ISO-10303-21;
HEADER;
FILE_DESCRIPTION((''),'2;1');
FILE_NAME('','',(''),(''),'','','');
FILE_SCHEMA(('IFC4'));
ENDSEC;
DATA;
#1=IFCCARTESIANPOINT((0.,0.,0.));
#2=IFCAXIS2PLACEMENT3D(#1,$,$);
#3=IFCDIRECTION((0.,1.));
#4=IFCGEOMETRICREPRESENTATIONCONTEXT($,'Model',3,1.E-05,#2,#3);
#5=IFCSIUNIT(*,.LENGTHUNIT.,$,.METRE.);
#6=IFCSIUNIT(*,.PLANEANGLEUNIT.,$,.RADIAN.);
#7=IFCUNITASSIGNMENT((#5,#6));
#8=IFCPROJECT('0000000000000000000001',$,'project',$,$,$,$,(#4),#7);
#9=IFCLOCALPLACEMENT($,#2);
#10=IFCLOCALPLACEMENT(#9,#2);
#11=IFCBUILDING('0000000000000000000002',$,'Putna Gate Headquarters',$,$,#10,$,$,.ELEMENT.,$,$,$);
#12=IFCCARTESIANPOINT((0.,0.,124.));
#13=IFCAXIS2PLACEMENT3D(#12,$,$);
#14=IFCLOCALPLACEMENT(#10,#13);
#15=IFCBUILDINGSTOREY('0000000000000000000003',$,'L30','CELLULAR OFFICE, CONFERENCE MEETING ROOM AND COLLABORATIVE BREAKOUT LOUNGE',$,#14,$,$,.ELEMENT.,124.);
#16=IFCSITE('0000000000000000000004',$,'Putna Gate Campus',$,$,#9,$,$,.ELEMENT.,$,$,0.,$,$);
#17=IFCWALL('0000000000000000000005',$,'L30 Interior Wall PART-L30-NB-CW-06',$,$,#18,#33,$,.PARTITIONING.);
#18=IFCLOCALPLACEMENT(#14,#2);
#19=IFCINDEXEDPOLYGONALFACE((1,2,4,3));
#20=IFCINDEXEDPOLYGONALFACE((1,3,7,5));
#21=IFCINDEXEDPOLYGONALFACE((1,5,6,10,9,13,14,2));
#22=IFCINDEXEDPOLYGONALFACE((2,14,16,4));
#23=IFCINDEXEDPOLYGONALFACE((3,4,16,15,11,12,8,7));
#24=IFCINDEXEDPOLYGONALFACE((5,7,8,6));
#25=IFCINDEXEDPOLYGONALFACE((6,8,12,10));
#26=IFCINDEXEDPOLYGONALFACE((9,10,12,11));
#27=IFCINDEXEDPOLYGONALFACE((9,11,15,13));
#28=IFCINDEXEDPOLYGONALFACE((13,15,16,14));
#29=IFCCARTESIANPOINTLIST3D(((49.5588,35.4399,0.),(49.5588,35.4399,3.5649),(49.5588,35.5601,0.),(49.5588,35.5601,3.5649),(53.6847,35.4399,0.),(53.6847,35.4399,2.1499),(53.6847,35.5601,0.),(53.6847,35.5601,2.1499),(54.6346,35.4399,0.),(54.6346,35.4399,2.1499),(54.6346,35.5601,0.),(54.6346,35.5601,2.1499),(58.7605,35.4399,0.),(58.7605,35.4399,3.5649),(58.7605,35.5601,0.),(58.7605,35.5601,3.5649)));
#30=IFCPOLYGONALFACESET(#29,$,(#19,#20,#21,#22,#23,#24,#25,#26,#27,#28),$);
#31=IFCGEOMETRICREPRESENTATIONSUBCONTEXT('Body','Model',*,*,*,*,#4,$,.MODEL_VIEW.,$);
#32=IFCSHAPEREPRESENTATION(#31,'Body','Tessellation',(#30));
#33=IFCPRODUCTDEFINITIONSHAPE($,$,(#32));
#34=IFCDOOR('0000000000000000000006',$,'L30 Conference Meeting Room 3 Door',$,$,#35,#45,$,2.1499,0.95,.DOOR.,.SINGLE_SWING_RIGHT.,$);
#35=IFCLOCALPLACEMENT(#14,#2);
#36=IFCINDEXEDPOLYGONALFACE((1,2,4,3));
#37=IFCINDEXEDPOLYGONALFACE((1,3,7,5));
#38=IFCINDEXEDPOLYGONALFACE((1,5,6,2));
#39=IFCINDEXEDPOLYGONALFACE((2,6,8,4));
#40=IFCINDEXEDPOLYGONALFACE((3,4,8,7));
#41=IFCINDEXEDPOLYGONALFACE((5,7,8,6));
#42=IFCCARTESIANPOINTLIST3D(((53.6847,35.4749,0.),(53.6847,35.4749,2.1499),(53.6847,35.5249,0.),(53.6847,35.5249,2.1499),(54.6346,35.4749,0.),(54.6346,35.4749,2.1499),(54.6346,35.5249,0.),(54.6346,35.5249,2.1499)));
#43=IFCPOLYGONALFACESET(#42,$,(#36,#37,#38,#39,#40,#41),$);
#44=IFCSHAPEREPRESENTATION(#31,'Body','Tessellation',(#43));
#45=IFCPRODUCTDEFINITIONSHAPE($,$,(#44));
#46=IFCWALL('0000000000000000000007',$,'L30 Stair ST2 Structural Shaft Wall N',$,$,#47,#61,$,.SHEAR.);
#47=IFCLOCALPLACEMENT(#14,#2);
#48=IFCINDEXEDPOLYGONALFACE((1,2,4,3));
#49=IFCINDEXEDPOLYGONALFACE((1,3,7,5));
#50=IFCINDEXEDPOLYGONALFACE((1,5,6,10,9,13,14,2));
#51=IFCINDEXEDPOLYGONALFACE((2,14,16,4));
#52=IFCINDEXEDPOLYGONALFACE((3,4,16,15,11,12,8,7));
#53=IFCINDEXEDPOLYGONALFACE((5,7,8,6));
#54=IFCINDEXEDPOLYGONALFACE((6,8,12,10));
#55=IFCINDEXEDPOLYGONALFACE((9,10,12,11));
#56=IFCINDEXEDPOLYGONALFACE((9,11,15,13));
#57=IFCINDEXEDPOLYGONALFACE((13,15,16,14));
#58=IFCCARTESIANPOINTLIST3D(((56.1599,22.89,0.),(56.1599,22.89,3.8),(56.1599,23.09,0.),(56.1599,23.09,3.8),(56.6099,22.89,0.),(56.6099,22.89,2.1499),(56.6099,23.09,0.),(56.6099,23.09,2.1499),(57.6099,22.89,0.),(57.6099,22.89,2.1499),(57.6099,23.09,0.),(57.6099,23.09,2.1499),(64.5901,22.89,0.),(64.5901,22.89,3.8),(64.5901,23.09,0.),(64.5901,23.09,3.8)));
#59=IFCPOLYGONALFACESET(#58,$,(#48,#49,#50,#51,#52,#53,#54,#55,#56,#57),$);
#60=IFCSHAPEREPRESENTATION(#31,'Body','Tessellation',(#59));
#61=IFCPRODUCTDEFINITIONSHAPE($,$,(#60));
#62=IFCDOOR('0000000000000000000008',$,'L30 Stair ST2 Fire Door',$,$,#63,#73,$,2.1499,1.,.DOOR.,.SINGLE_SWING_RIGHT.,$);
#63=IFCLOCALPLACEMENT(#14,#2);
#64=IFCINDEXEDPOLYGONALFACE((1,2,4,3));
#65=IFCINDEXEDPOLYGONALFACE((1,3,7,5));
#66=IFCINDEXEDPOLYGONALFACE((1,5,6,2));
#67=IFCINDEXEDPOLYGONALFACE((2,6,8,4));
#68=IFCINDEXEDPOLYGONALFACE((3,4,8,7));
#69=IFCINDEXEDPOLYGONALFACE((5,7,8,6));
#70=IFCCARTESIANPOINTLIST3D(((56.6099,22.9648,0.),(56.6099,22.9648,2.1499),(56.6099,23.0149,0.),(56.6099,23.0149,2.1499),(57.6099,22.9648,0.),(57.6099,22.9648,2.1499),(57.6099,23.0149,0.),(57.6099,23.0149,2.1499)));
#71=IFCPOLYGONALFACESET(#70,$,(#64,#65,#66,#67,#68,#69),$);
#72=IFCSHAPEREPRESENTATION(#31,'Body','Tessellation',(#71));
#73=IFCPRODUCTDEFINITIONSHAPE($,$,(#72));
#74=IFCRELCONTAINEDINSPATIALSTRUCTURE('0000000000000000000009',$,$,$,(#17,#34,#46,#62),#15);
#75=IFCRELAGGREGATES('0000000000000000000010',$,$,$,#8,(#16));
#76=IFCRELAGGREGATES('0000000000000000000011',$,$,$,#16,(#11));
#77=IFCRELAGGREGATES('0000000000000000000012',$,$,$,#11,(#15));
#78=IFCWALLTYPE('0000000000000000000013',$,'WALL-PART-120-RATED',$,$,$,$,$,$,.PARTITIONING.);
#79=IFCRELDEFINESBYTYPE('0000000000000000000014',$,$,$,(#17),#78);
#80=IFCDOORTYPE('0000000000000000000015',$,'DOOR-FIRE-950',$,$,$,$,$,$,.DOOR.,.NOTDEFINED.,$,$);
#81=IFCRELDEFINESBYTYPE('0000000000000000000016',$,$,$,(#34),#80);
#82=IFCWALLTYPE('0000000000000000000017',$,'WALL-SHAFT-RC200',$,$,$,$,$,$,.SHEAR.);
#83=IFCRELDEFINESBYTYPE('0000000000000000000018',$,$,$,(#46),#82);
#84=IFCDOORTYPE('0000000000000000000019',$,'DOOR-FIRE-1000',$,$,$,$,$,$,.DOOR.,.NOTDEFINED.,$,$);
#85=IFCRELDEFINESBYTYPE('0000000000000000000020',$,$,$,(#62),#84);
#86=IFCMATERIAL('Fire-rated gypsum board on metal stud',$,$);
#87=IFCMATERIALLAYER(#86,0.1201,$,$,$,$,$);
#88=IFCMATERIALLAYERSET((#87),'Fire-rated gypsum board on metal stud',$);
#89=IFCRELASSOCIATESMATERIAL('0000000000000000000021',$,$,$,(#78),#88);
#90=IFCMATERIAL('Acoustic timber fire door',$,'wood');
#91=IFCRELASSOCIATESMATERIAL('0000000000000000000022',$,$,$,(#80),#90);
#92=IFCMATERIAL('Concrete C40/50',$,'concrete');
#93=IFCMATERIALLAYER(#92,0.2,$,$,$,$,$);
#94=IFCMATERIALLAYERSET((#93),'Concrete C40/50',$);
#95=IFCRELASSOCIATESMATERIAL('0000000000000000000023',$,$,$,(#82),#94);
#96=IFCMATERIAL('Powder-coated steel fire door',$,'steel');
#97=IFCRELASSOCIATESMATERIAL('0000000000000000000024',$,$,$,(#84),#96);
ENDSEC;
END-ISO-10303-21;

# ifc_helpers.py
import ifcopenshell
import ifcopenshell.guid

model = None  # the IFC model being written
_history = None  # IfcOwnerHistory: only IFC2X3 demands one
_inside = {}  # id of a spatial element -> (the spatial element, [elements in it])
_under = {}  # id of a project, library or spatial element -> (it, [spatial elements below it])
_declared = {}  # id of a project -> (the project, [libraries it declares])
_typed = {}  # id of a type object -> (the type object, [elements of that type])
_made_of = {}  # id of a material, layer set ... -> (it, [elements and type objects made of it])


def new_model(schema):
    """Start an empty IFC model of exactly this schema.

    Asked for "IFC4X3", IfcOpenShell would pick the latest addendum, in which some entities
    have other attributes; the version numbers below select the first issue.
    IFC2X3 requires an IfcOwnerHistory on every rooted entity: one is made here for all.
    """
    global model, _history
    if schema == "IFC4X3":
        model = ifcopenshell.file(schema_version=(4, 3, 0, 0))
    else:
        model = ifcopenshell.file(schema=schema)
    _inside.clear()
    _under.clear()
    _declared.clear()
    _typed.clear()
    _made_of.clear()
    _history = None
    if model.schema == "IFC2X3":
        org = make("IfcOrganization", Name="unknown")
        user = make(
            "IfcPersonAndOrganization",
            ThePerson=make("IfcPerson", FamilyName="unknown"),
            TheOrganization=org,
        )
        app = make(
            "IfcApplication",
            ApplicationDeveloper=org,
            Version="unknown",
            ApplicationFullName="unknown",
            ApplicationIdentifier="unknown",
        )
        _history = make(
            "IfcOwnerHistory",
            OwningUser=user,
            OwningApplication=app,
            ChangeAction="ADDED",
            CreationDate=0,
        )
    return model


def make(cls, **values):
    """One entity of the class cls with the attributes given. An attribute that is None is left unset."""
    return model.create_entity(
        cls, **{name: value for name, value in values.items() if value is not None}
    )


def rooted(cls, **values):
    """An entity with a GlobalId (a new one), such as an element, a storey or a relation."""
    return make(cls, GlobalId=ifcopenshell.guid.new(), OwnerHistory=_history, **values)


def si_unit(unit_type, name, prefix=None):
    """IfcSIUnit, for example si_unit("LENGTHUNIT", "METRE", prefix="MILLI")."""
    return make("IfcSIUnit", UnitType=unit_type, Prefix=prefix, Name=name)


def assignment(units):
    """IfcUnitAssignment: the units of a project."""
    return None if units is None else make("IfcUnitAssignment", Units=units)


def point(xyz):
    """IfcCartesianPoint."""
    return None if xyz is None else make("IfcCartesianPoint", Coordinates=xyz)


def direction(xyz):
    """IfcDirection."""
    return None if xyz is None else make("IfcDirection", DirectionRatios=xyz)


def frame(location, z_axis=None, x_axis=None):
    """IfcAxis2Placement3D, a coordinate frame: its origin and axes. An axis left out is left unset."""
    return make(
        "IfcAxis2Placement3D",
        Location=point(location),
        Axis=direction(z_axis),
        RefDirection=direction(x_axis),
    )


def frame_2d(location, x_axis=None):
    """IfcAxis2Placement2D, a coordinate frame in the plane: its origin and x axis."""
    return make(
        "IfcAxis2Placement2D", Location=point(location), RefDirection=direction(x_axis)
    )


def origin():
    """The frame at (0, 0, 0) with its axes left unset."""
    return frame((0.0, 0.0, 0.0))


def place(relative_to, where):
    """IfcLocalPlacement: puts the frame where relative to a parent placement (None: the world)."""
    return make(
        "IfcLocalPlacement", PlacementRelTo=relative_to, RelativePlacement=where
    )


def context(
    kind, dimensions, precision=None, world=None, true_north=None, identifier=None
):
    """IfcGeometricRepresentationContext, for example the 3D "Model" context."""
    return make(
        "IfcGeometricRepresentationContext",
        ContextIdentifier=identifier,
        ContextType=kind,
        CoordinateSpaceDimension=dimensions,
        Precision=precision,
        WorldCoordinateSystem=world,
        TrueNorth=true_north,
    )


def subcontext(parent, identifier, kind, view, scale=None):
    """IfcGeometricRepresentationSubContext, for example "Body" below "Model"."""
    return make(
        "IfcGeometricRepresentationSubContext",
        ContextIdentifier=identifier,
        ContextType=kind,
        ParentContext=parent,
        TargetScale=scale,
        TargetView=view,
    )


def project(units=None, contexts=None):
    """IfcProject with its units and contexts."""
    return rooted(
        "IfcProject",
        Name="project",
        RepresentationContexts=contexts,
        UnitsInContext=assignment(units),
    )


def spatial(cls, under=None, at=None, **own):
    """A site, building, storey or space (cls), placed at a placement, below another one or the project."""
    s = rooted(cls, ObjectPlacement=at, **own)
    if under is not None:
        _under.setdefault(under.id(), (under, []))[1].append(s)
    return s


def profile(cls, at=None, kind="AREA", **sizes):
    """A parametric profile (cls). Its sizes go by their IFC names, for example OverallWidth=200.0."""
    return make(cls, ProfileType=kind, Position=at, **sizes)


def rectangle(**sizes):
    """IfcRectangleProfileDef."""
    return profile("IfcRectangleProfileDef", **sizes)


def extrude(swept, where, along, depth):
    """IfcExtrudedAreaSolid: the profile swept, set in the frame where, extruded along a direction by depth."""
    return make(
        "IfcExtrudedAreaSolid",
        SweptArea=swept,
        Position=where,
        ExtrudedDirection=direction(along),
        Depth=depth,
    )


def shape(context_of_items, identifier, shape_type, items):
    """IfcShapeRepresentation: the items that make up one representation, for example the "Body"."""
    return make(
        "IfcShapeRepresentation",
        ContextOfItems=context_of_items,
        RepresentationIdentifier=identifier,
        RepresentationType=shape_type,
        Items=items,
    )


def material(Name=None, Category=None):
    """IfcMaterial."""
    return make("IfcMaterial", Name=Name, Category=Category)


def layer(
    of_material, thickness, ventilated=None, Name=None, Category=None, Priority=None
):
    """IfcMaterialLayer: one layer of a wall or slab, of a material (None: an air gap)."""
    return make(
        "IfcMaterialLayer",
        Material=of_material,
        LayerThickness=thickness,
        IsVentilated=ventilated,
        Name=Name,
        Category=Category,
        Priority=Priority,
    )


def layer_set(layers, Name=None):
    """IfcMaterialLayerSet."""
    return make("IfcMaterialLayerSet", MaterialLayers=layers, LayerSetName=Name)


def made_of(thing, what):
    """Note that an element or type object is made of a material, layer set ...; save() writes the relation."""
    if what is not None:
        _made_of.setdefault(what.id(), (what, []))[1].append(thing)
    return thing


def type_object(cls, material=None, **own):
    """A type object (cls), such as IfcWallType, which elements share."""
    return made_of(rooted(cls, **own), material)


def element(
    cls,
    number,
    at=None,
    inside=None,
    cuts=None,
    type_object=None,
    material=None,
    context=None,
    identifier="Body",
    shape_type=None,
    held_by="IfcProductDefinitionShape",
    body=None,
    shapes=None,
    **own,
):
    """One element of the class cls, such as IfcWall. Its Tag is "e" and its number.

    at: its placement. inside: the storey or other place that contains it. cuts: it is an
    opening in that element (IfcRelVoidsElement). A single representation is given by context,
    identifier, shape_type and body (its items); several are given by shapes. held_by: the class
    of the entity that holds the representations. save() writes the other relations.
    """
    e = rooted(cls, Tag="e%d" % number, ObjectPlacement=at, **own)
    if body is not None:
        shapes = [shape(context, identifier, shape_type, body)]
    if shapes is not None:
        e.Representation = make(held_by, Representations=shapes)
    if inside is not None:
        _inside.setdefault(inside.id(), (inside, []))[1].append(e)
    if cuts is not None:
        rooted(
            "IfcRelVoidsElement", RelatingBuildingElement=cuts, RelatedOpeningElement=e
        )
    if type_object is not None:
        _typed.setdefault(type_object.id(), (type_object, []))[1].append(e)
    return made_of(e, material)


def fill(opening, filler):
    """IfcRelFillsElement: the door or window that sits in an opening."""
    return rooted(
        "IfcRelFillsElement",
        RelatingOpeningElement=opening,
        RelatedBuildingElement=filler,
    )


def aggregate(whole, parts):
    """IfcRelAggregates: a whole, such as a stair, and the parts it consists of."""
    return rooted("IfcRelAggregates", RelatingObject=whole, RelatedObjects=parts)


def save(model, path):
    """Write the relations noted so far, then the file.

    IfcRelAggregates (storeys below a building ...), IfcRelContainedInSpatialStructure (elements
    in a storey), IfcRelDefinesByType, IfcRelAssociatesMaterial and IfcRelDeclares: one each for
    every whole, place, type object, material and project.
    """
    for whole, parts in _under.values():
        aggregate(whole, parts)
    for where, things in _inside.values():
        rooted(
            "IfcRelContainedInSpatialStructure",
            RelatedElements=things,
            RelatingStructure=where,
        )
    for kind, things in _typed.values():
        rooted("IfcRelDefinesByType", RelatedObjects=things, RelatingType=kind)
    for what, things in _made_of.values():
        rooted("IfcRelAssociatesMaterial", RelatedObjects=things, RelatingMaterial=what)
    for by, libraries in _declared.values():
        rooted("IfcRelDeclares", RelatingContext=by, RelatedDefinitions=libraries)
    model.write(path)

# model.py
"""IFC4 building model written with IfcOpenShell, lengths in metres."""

from ifc_helpers import new_model, si_unit, direction, frame, frame_2d, origin, place, context, subcontext, project, spatial, rectangle, extrude, material, layer, layer_set, type_object, element, fill, save


model = new_model("IFC4")

# Units and contexts
model_context = context("Model", 3, precision=1e-05, world=origin(), true_north=direction((0.0, 1.0)))
body_context = subcontext(model_context, "Body", "Model", "MODEL_VIEW")
ifc_project = project(units=[si_unit("LENGTHUNIT", "METRE"), si_unit("PLANEANGLEUNIT", "RADIAN")], contexts=[model_context])

# Site, building, storey
site_placement = place(None, origin())
site = spatial("IfcSite", under=ifc_project, at=site_placement, Name="Putna Gate Campus", CompositionType="ELEMENT", RefElevation=0.0)
building_placement = place(site_placement, origin())
building = spatial("IfcBuilding", under=site, at=building_placement, Name="Putna Gate Headquarters", CompositionType="ELEMENT")
storey_placement = place(building_placement, frame((0.0, 0.0, 124.0)))
storey = spatial("IfcBuildingStorey", under=building, at=storey_placement, Name="L30", Description="CELLULAR OFFICE, CONFERENCE MEETING ROOM AND COLLABORATIVE BREAKOUT LOUNGE", CompositionType="ELEMENT", Elevation=124.0)

# Shared definitions
ifc_material_1 = material(Name="Fire-rated gypsum board on metal stud")
ifc_layer_1 = layer(ifc_material_1, 0.1201)
ifc_layer_set_1 = layer_set([ifc_layer_1], Name="Fire-rated gypsum board on metal stud")
wall_type_1 = type_object("IfcWallType", Name="WALL-PART-120-RATED", PredefinedType="PARTITIONING", material=ifc_layer_set_1)

# Walls, openings, doors
ifc_material_2 = material(Name="Acoustic timber fire door", Category="wood")
door_type_1 = type_object("IfcDoorType", Name="DOOR-FIRE-950", OperationType="NOTDEFINED", PredefinedType="DOOR", material=ifc_material_2)
wall_1_placement = place(storey_placement, frame((49.5588, 35.5, 0.0), z_axis=(0.0, 0.0, 1.0), x_axis=(1.0, 0.0, 0.0)))
wall_1 = element("IfcWall", 1, at=wall_1_placement, inside=storey, type_object=wall_type_1, Name="L30 Interior Wall PART-L30-NB-CW-06", PredefinedType="PARTITIONING", context=body_context, shape_type="SweptSolid", body=[
    extrude(rectangle(XDim=9.2017, YDim=0.1201, at=frame_2d((4.6008, 0.0))), origin(), (0.0, 0.0, 1.0), 3.5649),
])
opening_1_placement = place(wall_1_placement, frame((4.1257, 0.0, 0.0)))
opening_1 = element("IfcOpeningElement", 2, at=opening_1_placement, cuts=wall_1, PredefinedType="OPENING", context=body_context, shape_type="SweptSolid", body=[
    extrude(rectangle(XDim=0.95, YDim=2.1499, at=frame_2d((0.4751, 1.075))), frame((0.0, 0.0701, 0.0), z_axis=(0.0, -1.0, 0.0), x_axis=(1.0, 0.0, 0.0)), (0.0, 0.0, 1.0), 0.1401),
])
door_1_placement = place(opening_1_placement, origin())
door_1 = element("IfcDoor", 3, at=door_1_placement, inside=storey, type_object=door_type_1, Name="L30 Conference Meeting Room 3 Door", OperationType="SINGLE_SWING_RIGHT", OverallHeight=2.1499, OverallWidth=0.95, PredefinedType="DOOR", context=body_context, shape_type="SweptSolid", body=[
    extrude(rectangle(XDim=0.95, YDim=2.1499, at=frame_2d((0.4751, 1.075))), frame((0.0, 0.0249, 0.0), z_axis=(0.0, -1.0, 0.0), x_axis=(1.0, 0.0, 0.0)), (0.0, 0.0, 1.0), 0.05),
])
fill(opening_1, door_1)
ifc_material_3 = material(Name="Concrete C40/50", Category="concrete")
ifc_layer_2 = layer(ifc_material_3, 0.2)
ifc_layer_set_2 = layer_set([ifc_layer_2], Name="Concrete C40/50")
wall_type_2 = type_object("IfcWallType", Name="WALL-SHAFT-RC200", PredefinedType="SHEAR", material=ifc_layer_set_2)
wall_2_placement = place(storey_placement, frame((56.1599, 22.99, 0.0), z_axis=(0.0, 0.0, 1.0), x_axis=(1.0, 0.0, 0.0)))
wall_2 = element("IfcWall", 4, at=wall_2_placement, inside=storey, type_object=wall_type_2, Name="L30 Stair ST2 Structural Shaft Wall N", PredefinedType="SHEAR", context=body_context, shape_type="SweptSolid", body=[
    extrude(rectangle(XDim=8.4302, YDim=0.2, at=frame_2d((4.2151, 0.0))), origin(), (0.0, 0.0, 1.0), 3.8),
])
opening_2_placement = place(wall_2_placement, frame((0.45, 0.0, 0.0)))
opening_2 = element("IfcOpeningElement", 5, at=opening_2_placement, cuts=wall_2, PredefinedType="OPENING", context=body_context, shape_type="SweptSolid", body=[
    extrude(rectangle(XDim=1.0, YDim=2.1499, at=frame_2d((0.5, 1.075))), frame((0.0, 0.1099, 0.0), z_axis=(0.0, -1.0, 0.0), x_axis=(1.0, 0.0, 0.0)), (0.0, 0.0, 1.0), 0.22),
])
ifc_material_4 = material(Name="Powder-coated steel fire door", Category="steel")
door_type_2 = type_object("IfcDoorType", Name="DOOR-FIRE-1000", OperationType="NOTDEFINED", PredefinedType="DOOR", material=ifc_material_4)
door_2_placement = place(opening_2_placement, origin())
door_2 = element("IfcDoor", 6, at=door_2_placement, inside=storey, type_object=door_type_2, Name="L30 Stair ST2 Fire Door", OperationType="SINGLE_SWING_RIGHT", OverallHeight=2.1499, OverallWidth=1.0, PredefinedType="DOOR", context=body_context, shape_type="SweptSolid", body=[
    extrude(rectangle(XDim=1.0, YDim=2.1499, at=frame_2d((0.5, 1.075))), frame((0.0, 0.0249, 0.0), z_axis=(0.0, -1.0, 0.0), x_axis=(1.0, 0.0, 0.0)), (0.0, 0.0, 1.0), 0.05),
])
fill(opening_2, door_2)

save(model, "model.ifc")
